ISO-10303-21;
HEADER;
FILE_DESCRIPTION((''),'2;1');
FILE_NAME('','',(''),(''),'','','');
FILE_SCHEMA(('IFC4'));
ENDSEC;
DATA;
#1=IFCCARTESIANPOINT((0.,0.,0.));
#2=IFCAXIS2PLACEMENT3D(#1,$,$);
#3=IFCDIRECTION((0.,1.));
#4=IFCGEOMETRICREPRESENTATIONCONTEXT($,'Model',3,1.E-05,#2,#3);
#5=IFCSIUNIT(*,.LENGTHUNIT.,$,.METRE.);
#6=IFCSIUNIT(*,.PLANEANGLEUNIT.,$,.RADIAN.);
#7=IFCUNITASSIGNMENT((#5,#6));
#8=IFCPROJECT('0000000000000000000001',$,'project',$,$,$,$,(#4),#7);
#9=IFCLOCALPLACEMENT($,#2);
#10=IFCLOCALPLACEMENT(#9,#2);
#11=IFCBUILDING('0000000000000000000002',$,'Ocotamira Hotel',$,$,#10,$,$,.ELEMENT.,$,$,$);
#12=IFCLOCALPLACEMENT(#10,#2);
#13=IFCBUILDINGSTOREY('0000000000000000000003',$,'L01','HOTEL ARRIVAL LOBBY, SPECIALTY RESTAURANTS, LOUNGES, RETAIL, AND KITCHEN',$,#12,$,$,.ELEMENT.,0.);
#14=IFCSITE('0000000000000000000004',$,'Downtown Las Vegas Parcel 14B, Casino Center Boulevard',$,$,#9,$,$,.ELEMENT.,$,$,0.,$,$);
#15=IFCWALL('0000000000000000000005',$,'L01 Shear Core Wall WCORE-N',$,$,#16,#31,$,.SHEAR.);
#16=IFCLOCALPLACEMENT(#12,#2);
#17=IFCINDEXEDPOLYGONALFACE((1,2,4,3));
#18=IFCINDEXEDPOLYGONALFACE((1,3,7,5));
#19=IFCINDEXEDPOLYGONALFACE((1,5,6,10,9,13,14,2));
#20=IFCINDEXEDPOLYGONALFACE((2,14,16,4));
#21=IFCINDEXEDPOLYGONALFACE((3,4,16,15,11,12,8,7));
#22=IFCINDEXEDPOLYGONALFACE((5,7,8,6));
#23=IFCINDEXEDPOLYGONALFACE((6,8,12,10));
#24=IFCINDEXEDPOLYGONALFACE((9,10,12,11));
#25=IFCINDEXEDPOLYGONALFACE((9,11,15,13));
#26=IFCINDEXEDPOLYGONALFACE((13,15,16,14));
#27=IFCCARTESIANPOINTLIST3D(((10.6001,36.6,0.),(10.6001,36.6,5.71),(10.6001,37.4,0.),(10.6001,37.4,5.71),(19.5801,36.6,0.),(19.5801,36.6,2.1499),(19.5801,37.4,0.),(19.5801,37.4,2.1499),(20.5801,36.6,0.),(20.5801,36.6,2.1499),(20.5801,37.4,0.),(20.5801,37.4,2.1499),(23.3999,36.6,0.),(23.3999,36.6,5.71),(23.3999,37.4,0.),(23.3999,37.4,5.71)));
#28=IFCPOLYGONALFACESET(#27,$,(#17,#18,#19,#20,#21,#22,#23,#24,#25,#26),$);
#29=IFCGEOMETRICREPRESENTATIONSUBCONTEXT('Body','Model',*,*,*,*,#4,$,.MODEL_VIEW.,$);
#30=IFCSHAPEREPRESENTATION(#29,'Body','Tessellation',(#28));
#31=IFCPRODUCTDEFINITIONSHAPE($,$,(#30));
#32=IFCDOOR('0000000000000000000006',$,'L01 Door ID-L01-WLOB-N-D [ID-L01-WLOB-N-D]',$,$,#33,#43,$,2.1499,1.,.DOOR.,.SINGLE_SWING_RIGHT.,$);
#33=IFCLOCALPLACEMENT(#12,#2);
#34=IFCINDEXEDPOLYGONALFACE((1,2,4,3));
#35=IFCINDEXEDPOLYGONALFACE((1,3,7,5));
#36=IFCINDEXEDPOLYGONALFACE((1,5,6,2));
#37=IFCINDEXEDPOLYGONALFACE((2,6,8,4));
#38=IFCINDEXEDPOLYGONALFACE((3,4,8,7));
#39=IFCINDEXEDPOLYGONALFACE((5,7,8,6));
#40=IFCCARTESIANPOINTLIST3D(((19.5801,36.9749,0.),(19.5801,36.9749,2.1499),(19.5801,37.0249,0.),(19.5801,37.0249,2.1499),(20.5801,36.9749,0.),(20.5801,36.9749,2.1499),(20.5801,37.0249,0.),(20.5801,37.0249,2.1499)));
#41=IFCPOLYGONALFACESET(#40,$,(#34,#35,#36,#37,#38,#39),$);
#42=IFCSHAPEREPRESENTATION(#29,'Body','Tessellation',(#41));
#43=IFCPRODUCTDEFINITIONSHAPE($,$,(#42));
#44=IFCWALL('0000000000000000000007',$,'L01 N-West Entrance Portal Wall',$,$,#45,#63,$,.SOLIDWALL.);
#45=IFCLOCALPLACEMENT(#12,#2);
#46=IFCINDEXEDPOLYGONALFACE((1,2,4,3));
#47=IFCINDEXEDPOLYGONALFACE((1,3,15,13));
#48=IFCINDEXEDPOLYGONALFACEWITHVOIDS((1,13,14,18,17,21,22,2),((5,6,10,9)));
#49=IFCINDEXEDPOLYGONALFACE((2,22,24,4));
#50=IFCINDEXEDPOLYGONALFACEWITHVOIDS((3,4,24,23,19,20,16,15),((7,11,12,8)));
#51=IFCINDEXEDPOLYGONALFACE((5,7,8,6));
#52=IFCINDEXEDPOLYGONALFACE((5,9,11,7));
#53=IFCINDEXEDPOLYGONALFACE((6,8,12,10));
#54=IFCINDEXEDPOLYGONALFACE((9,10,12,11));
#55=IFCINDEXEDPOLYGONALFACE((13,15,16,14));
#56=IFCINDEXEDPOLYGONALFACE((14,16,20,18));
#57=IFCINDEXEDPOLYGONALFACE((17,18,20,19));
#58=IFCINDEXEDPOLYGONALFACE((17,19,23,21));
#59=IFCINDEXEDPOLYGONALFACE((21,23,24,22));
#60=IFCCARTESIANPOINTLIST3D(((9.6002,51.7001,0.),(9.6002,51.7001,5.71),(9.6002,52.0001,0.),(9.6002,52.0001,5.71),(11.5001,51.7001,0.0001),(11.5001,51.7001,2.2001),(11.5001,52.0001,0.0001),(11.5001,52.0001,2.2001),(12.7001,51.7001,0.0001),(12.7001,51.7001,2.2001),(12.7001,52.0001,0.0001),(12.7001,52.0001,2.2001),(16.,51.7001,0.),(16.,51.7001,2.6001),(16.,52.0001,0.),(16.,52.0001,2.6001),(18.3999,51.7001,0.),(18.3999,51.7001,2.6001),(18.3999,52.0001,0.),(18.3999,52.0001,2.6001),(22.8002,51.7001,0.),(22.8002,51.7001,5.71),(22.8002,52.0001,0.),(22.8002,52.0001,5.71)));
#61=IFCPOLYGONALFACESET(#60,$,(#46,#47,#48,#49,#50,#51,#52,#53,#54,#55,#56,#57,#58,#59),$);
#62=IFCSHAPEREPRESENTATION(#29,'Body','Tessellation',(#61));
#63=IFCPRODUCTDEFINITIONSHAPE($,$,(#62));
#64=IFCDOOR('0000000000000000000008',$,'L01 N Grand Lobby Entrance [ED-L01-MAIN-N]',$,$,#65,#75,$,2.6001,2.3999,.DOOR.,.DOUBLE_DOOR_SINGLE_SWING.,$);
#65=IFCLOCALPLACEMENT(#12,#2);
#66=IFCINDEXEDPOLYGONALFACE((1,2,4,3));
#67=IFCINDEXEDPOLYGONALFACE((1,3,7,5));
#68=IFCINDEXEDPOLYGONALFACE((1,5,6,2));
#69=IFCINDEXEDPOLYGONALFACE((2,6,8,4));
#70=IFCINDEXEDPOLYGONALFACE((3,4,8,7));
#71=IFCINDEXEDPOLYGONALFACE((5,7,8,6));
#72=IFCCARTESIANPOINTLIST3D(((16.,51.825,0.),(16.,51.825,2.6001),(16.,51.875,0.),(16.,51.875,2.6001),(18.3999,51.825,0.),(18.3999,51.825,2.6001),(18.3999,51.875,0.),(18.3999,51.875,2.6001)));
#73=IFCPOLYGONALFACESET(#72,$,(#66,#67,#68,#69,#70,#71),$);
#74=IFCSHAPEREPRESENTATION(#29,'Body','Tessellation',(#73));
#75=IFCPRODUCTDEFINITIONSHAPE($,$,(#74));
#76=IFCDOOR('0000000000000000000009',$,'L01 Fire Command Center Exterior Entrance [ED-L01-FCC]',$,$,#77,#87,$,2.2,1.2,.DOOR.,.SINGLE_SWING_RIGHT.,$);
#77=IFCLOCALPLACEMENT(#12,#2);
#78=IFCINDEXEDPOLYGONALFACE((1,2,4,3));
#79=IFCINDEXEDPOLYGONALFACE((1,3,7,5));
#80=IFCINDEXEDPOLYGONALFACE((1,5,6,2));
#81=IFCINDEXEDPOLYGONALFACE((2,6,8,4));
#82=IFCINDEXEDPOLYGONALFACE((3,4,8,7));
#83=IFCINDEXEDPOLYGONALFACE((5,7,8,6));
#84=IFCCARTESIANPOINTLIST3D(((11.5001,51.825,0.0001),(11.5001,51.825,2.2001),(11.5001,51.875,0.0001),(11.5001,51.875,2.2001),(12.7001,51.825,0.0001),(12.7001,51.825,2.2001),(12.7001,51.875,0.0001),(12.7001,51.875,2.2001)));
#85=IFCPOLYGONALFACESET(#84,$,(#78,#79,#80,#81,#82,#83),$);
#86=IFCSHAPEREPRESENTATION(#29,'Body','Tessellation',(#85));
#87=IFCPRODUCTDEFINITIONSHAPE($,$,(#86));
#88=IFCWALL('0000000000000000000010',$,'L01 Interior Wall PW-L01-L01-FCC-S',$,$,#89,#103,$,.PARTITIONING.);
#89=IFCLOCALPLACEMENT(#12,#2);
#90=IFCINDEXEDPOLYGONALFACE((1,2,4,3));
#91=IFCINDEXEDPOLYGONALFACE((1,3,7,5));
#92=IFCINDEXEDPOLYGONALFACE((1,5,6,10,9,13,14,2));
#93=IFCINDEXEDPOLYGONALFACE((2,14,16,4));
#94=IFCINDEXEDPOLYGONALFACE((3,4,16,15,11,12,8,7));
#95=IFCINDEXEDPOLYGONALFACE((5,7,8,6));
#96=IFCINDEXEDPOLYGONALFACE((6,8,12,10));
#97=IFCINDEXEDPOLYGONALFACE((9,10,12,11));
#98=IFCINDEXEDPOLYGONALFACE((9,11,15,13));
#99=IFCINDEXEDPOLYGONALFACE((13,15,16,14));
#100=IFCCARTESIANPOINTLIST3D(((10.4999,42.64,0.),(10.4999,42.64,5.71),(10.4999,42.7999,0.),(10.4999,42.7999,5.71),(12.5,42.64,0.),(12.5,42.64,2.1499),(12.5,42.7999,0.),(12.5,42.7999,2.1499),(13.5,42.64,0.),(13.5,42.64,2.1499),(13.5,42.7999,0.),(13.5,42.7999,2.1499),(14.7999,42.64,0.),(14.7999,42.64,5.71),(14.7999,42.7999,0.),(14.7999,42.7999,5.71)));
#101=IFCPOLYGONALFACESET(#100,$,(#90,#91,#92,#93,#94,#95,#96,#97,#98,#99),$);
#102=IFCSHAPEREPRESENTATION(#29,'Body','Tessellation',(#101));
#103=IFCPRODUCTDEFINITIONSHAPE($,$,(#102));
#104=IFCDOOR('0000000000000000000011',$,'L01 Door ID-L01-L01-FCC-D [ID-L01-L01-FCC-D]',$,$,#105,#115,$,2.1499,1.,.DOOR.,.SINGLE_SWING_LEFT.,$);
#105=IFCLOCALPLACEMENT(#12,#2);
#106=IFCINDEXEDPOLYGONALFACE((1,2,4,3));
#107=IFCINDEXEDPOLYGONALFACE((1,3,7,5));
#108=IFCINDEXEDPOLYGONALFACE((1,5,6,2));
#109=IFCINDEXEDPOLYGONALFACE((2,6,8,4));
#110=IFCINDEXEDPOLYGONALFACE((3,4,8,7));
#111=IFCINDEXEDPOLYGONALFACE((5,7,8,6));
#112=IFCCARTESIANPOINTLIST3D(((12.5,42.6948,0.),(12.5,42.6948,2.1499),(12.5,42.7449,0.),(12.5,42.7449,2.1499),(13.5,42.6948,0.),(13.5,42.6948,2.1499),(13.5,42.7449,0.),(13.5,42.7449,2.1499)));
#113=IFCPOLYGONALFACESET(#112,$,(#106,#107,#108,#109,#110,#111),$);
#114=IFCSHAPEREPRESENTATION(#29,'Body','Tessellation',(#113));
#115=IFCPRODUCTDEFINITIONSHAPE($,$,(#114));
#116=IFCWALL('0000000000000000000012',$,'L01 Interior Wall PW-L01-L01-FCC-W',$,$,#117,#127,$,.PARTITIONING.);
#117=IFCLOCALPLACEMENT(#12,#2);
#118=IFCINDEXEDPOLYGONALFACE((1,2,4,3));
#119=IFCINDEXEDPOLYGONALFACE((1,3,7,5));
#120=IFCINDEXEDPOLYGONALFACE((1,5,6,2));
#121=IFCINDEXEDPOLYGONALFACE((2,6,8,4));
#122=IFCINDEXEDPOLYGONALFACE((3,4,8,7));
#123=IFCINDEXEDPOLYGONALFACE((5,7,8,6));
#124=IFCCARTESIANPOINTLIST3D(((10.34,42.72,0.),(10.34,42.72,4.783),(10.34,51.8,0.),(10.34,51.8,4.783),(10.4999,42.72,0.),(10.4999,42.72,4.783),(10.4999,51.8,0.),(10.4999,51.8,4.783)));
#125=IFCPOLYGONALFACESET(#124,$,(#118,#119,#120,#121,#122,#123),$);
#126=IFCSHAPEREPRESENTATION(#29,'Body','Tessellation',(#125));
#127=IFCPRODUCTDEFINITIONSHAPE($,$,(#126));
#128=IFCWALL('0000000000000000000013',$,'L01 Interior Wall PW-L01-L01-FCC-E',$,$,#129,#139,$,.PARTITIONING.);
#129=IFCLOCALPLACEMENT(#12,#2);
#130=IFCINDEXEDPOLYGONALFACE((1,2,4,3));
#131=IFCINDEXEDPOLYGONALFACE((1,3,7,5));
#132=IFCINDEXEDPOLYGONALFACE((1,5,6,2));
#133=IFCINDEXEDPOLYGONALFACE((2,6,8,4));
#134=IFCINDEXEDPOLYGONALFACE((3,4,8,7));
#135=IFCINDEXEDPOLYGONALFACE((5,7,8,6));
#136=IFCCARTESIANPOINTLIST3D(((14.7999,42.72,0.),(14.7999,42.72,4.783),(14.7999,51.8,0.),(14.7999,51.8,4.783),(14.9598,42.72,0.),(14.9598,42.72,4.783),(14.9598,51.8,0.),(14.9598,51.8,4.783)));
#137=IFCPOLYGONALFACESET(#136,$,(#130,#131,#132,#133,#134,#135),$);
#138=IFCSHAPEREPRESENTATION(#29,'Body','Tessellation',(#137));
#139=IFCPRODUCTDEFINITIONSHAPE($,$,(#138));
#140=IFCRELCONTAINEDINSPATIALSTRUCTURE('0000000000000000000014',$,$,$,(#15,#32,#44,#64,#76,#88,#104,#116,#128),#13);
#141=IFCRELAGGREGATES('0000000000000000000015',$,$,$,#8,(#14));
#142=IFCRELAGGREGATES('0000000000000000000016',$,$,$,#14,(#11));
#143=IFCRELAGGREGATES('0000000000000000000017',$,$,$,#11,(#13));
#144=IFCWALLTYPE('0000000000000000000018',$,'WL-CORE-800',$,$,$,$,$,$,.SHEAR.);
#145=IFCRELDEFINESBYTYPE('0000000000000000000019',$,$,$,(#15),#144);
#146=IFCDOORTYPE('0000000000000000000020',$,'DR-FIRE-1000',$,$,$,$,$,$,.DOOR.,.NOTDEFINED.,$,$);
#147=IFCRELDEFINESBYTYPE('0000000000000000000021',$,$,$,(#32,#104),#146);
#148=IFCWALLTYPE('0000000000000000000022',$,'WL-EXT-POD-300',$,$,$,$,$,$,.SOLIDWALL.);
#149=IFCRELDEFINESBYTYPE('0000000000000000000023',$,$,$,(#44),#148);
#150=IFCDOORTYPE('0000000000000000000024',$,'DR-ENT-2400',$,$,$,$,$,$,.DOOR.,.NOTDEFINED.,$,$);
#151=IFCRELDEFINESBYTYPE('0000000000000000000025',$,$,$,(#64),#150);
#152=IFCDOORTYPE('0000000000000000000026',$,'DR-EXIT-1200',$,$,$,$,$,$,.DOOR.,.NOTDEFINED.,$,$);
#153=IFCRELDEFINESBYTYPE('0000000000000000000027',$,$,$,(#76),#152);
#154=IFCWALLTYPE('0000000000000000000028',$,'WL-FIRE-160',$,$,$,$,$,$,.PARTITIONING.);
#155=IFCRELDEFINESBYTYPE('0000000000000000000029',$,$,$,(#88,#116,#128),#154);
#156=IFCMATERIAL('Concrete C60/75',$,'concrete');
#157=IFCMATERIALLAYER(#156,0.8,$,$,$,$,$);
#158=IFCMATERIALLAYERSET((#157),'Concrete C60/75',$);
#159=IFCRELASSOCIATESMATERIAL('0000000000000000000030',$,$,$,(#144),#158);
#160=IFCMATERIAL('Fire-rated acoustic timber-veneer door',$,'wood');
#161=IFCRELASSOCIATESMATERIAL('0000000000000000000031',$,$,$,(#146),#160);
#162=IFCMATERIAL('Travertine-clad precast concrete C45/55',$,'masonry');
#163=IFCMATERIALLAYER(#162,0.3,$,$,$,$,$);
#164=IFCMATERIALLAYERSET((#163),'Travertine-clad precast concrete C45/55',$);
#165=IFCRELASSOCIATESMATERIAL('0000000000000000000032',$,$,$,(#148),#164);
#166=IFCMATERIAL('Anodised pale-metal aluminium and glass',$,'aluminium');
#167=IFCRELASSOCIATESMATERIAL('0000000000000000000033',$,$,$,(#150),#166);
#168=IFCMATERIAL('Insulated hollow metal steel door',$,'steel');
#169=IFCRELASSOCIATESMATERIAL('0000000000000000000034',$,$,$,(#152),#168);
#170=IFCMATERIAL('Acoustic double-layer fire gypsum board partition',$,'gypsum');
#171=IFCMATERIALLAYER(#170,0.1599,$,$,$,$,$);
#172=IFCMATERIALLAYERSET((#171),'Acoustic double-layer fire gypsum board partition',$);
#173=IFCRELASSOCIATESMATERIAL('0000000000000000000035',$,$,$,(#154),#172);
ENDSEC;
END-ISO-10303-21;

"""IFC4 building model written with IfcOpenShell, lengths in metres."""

from ifc_helpers import new_model, si_unit, direction, frame, frame_2d, origin, place, context, subcontext, project, spatial, rectangle, extrude, source, transform, mapped, material, layer, layer_set, type_object, element, fill, save


model = new_model("IFC4")

# Units and contexts
model_context = context("Model", 3, precision=1e-05, world=origin(), true_north=direction((0.0, 1.0)))
body_context = subcontext(model_context, "Body", "Model", "MODEL_VIEW")
ifc_project = project(units=[si_unit("LENGTHUNIT", "METRE"), si_unit("PLANEANGLEUNIT", "RADIAN")], contexts=[model_context])

# Site, building, storey
site_placement = place(None, origin())
site = spatial("IfcSite", under=ifc_project, at=site_placement, Name="Downtown Las Vegas Parcel 14B, Casino Center Boulevard", CompositionType="ELEMENT", RefElevation=0.0)
building_placement = place(site_placement, origin())
building = spatial("IfcBuilding", under=site, at=building_placement, Name="Ocotamira Hotel", CompositionType="ELEMENT")
storey_placement = place(building_placement, origin())
storey = spatial("IfcBuildingStorey", under=building, at=storey_placement, Name="L01", Description="HOTEL ARRIVAL LOBBY, SPECIALTY RESTAURANTS, LOUNGES, RETAIL, AND KITCHEN", CompositionType="ELEMENT", Elevation=0.0)

# Shared definitions
ifc_material_1 = material(Name="Concrete C60/75", Category="concrete")

# Wall, opening, door
ifc_layer_1 = layer(ifc_material_1, 0.8)
ifc_layer_set_1 = layer_set([ifc_layer_1], Name="Concrete C60/75")
wall_type_1 = type_object("IfcWallType", Name="WL-CORE-800", PredefinedType="SHEAR", material=ifc_layer_set_1)
wall_1_placement = place(storey_placement, frame((10.6001, 37.0, 0.0), z_axis=(0.0, 0.0, 1.0), x_axis=(1.0, 0.0, 0.0)))
wall_1 = element("IfcWall", 1, at=wall_1_placement, inside=storey, type_object=wall_type_1, Name="L01 Shear Core Wall WCORE-N", PredefinedType="SHEAR", context=body_context, shape_type="SweptSolid", body=[
    extrude(rectangle(XDim=12.7998, YDim=0.8, at=frame_2d((6.3999, 0.0))), origin(), (0.0, 0.0, 1.0), 5.71),
])
opening_1_placement = place(wall_1_placement, frame((8.98, 0.0, 0.0)))
opening_1 = element("IfcOpeningElement", 2, at=opening_1_placement, cuts=wall_1, PredefinedType="OPENING", context=body_context, shape_type="SweptSolid", body=[
    extrude(rectangle(XDim=1.0, YDim=2.1499, at=frame_2d((0.5, 1.075))), frame((0.0, 0.4102, 0.0), z_axis=(0.0, -1.0, 0.0), x_axis=(1.0, 0.0, 0.0)), (0.0, 0.0, 1.0), 0.8201),
])
ifc_material_2 = material(Name="Fire-rated acoustic timber-veneer door", Category="wood")
door_type_1 = type_object("IfcDoorType", Name="DR-FIRE-1000", OperationType="NOTDEFINED", PredefinedType="DOOR", material=ifc_material_2)
shared_shape_1 = source(origin(), body_context, "Body", "SweptSolid", [
    extrude(rectangle(XDim=1.0, YDim=2.1499, at=frame_2d((0.5, 1.075))), frame((0.0, 0.0249, 0.0), z_axis=(0.0, -1.0, 0.0), x_axis=(1.0, 0.0, 0.0)), (0.0, 0.0, 1.0), 0.05),
])
door_1_placement = place(opening_1_placement, origin())
door_1 = element("IfcDoor", 3, at=door_1_placement, inside=storey, type_object=door_type_1, Name="L01 Door ID-L01-WLOB-N-D [ID-L01-WLOB-N-D]", OperationType="SINGLE_SWING_RIGHT", OverallHeight=2.1499, OverallWidth=1.0, PredefinedType="DOOR", context=body_context, shape_type="MappedRepresentation", body=[
    mapped(shared_shape_1, transform((0.0, 0.0, 0.0), scale=1.0)),
])
fill(opening_1, door_1)

# Wall, openings, doors
ifc_material_3 = material(Name="Travertine-clad precast concrete C45/55", Category="masonry")
ifc_layer_2 = layer(ifc_material_3, 0.3)
ifc_layer_set_2 = layer_set([ifc_layer_2], Name="Travertine-clad precast concrete C45/55")
wall_type_2 = type_object("IfcWallType", Name="WL-EXT-POD-300", PredefinedType="SOLIDWALL", material=ifc_layer_set_2)
wall_2_placement = place(storey_placement, frame((9.6001, 51.8501, 0.0), z_axis=(0.0, 0.0, 1.0), x_axis=(1.0, 0.0, 0.0)))
wall_2 = element("IfcWall", 4, at=wall_2_placement, inside=storey, type_object=wall_type_2, Name="L01 N-West Entrance Portal Wall", PredefinedType="SOLIDWALL", context=body_context, shape_type="SweptSolid", body=[
    extrude(rectangle(XDim=13.2, YDim=0.3, at=frame_2d((6.6001, 0.0))), origin(), (0.0, 0.0, 1.0), 5.71),
])
opening_2_placement = place(wall_2_placement, frame((6.3999, 0.0, 0.0)))
opening_2 = element("IfcOpeningElement", 5, at=opening_2_placement, cuts=wall_2, PredefinedType="OPENING", context=body_context, shape_type="SweptSolid", body=[
    extrude(rectangle(XDim=2.3999, YDim=2.6001, at=frame_2d((1.2, 1.3))), frame((0.0, 0.1602, 0.0), z_axis=(0.0, -1.0, 0.0), x_axis=(1.0, 0.0, 0.0)), (0.0, 0.0, 1.0), 0.3201),
])
opening_3_placement = place(wall_2_placement, frame((1.8999, 0.0, 0.0)))
opening_3 = element("IfcOpeningElement", 6, at=opening_3_placement, cuts=wall_2, PredefinedType="OPENING", context=body_context, shape_type="SweptSolid", body=[
    extrude(rectangle(XDim=1.2, YDim=2.2, at=frame_2d((0.6001, 1.1001))), frame((0.0, 0.1602, 0.0), z_axis=(0.0, -1.0, 0.0), x_axis=(1.0, 0.0, 0.0)), (0.0, 0.0, 1.0), 0.3201),
])
ifc_material_4 = material(Name="Anodised pale-metal aluminium and glass", Category="aluminium")
door_type_2 = type_object("IfcDoorType", Name="DR-ENT-2400", OperationType="NOTDEFINED", PredefinedType="DOOR", material=ifc_material_4)
shared_shape_2 = source(origin(), body_context, "Body", "SweptSolid", [
    extrude(rectangle(XDim=2.3999, YDim=2.6001, at=frame_2d((1.2, 1.3))), frame((0.0, 0.0249, 0.0), z_axis=(0.0, -1.0, 0.0), x_axis=(1.0, 0.0, 0.0)), (0.0, 0.0, 1.0), 0.05),
])
door_2_placement = place(opening_2_placement, origin())
door_2 = element("IfcDoor", 7, at=door_2_placement, inside=storey, type_object=door_type_2, Name="L01 N Grand Lobby Entrance [ED-L01-MAIN-N]", OperationType="DOUBLE_DOOR_SINGLE_SWING", OverallHeight=2.6001, OverallWidth=2.3999, PredefinedType="DOOR", context=body_context, shape_type="MappedRepresentation", body=[
    mapped(shared_shape_2, transform((0.0, 0.0, 0.0), scale=1.0)),
])
fill(opening_2, door_2)
ifc_material_5 = material(Name="Insulated hollow metal steel door", Category="steel")
door_type_3 = type_object("IfcDoorType", Name="DR-EXIT-1200", OperationType="NOTDEFINED", PredefinedType="DOOR", material=ifc_material_5)
shared_shape_3 = source(origin(), body_context, "Body", "SweptSolid", [
    extrude(rectangle(XDim=1.2, YDim=2.2, at=frame_2d((0.6001, 1.1001))), frame((0.0, 0.0249, 0.0), z_axis=(0.0, -1.0, 0.0), x_axis=(1.0, 0.0, 0.0)), (0.0, 0.0, 1.0), 0.05),
])
door_3_placement = place(opening_3_placement, origin())
door_3 = element("IfcDoor", 8, at=door_3_placement, inside=storey, type_object=door_type_3, Name="L01 Fire Command Center Exterior Entrance [ED-L01-FCC]", OperationType="SINGLE_SWING_RIGHT", OverallHeight=2.2, OverallWidth=1.2, PredefinedType="DOOR", context=body_context, shape_type="MappedRepresentation", body=[
    mapped(shared_shape_3, transform((0.0, 0.0, 0.0), scale=1.0)),
])
fill(opening_3, door_3)

# Wall, opening, door
ifc_material_6 = material(Name="Acoustic double-layer fire gypsum board partition", Category="gypsum")
ifc_layer_3 = layer(ifc_material_6, 0.1599)
ifc_layer_set_3 = layer_set([ifc_layer_3], Name="Acoustic double-layer fire gypsum board partition")
wall_type_3 = type_object("IfcWallType", Name="WL-FIRE-160", PredefinedType="PARTITIONING", material=ifc_layer_set_3)
wall_3_placement = place(storey_placement, frame((10.5, 42.72, 0.0), z_axis=(0.0, 0.0, 1.0), x_axis=(1.0, 0.0, 0.0)))
wall_3 = element("IfcWall", 9, at=wall_3_placement, inside=storey, type_object=wall_type_3, Name="L01 Interior Wall PW-L01-L01-FCC-S", PredefinedType="PARTITIONING", context=body_context, shape_type="SweptSolid", body=[
    extrude(rectangle(XDim=4.3, YDim=0.1599, at=frame_2d((2.1499, 0.0))), origin(), (0.0, 0.0, 1.0), 5.71),
])
opening_4_placement = place(wall_3_placement, frame((2.0, 0.0, 0.0)))
opening_4 = element("IfcOpeningElement", 10, at=opening_4_placement, cuts=wall_3, PredefinedType="OPENING", context=body_context, shape_type="SweptSolid", body=[
    extrude(rectangle(XDim=1.0, YDim=2.1499, at=frame_2d((0.5, 1.075))), frame((0.0, 0.0898, 0.0), z_axis=(0.0, -1.0, 0.0), x_axis=(1.0, 0.0, 0.0)), (0.0, 0.0, 1.0), 0.1799),
])
door_4_placement = place(opening_4_placement, origin())
door_4 = element("IfcDoor", 11, at=door_4_placement, inside=storey, type_object=door_type_1, Name="L01 Door ID-L01-L01-FCC-D [ID-L01-L01-FCC-D]", OperationType="SINGLE_SWING_LEFT", OverallHeight=2.1499, OverallWidth=1.0, PredefinedType="DOOR", context=body_context, shape_type="MappedRepresentation", body=[
    mapped(shared_shape_1, transform((0.0, 0.0, 0.0), scale=1.0)),
])
fill(opening_4, door_4)

# Walls
for number, where, z_axis, x_axis, name in (
    (12, (10.4199, 42.72, 0.0), (0.0, 0.0, 1.0), (0.0, 1.0, 0.0), "L01 Interior Wall PW-L01-L01-FCC-W"),
    (13, (14.8799, 42.72, 0.0), (0.0, 0.0, 1.0), (0.0, 1.0, 0.0), "L01 Interior Wall PW-L01-L01-FCC-E"),
):
    element("IfcWall", number, at=place(storey_placement, frame(where, z_axis=z_axis, x_axis=x_axis)), inside=storey, type_object=wall_type_3, Name=name, PredefinedType="PARTITIONING", context=body_context, shape_type="SweptSolid", body=[
        extrude(rectangle(XDim=9.0801, YDim=0.1599, at=frame_2d((4.54, 0.0))), origin(), (0.0, 0.0, 1.0), 4.783),
    ])

save(model, "model.ifc")
